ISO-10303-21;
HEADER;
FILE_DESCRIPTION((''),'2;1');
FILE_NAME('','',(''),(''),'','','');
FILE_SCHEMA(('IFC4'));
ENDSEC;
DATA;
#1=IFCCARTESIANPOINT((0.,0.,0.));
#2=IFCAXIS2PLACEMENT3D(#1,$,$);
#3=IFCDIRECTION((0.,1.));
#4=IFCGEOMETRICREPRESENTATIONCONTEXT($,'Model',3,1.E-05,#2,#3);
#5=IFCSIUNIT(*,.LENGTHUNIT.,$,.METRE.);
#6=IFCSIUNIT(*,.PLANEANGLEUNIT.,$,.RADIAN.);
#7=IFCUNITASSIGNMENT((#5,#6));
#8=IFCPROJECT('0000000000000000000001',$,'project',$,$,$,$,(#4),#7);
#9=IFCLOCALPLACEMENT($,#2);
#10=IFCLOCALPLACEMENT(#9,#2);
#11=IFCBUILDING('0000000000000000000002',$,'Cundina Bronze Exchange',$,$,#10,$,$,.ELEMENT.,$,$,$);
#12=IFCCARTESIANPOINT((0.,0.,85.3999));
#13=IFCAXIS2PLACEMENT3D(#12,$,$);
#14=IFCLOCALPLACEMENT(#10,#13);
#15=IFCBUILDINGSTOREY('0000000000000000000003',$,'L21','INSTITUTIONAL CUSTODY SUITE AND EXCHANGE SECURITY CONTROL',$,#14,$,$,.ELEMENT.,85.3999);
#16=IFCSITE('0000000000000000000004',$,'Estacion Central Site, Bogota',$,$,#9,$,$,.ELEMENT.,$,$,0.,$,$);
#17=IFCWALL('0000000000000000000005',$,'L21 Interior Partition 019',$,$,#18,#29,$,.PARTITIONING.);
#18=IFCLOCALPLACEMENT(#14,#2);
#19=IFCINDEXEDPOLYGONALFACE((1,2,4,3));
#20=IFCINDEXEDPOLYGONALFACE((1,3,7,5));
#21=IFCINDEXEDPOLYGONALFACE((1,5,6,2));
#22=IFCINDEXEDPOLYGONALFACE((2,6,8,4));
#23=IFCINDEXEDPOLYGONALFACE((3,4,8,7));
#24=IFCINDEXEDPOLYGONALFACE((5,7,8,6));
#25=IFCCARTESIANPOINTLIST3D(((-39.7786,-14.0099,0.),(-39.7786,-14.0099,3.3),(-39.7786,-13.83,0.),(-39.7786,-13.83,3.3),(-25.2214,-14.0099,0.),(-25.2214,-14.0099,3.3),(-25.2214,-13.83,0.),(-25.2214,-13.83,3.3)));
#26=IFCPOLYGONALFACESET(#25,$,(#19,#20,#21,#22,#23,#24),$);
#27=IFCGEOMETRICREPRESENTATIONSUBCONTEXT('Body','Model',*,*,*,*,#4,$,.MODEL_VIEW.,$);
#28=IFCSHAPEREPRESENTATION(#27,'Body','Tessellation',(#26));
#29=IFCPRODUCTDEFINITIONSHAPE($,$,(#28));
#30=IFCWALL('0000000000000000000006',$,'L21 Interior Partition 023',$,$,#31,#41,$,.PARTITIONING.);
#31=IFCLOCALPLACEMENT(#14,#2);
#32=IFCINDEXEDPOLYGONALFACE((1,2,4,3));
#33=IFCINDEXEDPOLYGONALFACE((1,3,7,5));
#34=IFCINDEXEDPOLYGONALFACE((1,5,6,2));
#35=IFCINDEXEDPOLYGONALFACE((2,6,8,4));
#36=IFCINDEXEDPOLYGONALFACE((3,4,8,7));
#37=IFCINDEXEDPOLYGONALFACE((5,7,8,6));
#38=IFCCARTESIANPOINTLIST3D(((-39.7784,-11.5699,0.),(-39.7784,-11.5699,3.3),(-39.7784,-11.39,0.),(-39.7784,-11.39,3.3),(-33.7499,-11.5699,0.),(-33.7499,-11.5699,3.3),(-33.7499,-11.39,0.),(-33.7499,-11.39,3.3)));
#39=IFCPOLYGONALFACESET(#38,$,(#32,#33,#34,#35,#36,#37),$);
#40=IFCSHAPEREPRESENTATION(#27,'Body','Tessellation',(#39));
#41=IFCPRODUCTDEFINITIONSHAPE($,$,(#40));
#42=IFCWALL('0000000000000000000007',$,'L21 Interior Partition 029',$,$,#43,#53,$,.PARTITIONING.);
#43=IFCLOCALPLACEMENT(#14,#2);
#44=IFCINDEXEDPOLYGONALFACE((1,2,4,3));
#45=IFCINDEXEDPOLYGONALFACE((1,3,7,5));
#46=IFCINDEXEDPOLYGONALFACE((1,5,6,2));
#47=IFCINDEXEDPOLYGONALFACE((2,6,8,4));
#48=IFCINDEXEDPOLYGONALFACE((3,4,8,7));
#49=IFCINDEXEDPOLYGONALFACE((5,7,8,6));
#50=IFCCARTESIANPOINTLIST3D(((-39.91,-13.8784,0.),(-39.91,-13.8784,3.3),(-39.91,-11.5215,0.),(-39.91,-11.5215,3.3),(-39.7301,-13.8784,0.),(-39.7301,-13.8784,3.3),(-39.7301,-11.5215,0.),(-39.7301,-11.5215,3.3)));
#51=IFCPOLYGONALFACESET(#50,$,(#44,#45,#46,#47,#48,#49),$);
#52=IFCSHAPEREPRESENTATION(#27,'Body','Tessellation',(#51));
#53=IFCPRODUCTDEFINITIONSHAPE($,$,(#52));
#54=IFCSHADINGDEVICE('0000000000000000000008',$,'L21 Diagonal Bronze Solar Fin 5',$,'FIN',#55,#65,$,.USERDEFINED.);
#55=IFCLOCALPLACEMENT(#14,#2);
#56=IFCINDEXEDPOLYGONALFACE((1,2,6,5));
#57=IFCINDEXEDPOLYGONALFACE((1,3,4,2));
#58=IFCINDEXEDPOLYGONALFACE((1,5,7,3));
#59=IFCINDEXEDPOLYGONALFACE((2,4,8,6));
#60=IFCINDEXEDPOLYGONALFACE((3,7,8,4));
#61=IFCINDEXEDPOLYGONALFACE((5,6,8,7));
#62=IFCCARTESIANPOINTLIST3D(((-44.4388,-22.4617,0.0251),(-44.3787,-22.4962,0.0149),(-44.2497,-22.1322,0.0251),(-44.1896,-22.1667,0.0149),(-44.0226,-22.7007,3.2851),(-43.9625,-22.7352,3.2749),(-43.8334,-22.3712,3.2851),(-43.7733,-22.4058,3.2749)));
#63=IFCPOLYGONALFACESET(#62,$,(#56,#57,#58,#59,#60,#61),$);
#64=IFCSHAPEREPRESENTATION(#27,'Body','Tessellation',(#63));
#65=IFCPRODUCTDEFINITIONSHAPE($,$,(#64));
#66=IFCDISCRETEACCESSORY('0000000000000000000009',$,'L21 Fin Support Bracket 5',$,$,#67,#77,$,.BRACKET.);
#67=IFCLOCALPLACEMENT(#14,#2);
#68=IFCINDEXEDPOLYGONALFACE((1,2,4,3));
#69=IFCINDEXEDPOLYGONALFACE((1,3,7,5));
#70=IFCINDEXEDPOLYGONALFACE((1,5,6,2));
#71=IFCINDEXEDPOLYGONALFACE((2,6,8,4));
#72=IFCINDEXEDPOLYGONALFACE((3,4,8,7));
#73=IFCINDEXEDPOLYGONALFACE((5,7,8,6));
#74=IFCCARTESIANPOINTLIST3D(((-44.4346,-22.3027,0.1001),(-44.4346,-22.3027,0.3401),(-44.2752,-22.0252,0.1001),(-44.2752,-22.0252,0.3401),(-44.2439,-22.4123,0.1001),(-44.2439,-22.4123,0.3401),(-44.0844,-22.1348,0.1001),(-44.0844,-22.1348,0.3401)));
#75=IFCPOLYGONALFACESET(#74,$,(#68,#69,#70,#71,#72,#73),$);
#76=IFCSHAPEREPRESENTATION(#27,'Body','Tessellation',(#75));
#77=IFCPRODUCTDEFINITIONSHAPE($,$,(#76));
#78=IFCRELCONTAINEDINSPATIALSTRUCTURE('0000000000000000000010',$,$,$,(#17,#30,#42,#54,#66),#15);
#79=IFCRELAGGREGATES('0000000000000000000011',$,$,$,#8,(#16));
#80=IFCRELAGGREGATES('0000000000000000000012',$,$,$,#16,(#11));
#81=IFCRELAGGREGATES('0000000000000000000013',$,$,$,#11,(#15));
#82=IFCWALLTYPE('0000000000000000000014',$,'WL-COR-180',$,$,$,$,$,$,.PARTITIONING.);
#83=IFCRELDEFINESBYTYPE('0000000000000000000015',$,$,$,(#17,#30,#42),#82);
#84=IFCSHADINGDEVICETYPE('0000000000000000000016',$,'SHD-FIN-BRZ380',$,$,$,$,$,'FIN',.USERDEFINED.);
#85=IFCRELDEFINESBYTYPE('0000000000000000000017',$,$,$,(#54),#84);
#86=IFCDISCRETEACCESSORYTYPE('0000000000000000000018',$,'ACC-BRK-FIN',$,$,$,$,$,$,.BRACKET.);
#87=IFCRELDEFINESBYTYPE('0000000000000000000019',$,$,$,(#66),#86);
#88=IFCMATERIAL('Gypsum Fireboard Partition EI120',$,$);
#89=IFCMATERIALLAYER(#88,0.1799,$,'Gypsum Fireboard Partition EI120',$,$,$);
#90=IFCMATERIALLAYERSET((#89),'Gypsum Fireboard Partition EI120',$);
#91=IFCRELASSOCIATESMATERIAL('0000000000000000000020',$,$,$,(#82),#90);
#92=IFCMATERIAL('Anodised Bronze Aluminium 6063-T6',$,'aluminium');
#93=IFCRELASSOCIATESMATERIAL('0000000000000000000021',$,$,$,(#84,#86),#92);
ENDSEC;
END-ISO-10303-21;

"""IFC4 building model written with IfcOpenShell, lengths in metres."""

from ifc_helpers import new_model, si_unit, direction, frame, frame_2d, origin, origin_2d, place, context, subcontext, project, spatial, rectangle, extrude, material, layer, layer_set, material_profile, profile_set, type_object, element, save


model = new_model("IFC4")

# Units and contexts
model_context = context("Model", 3, precision=1e-05, world=origin(), true_north=direction((0.0, 1.0)))
body_context = subcontext(model_context, "Body", "Model", "MODEL_VIEW")
ifc_project = project(units=[si_unit("LENGTHUNIT", "METRE"), si_unit("PLANEANGLEUNIT", "RADIAN")], contexts=[model_context])

# Site, building, storey
site_placement = place(None, origin())
site = spatial("IfcSite", under=ifc_project, at=site_placement, Name="Estacion Central Site, Bogota", CompositionType="ELEMENT", RefElevation=0.0)
building_placement = place(site_placement, origin())
building = spatial("IfcBuilding", under=site, at=building_placement, Name="Cundina Bronze Exchange", CompositionType="ELEMENT")
storey_placement = place(building_placement, frame((0.0, 0.0, 85.3999)))
storey = spatial("IfcBuildingStorey", under=building, at=storey_placement, Name="L21", Description="INSTITUTIONAL CUSTODY SUITE AND EXCHANGE SECURITY CONTROL", CompositionType="ELEMENT", Elevation=85.3999)

# Shared definitions
ifc_material_1 = material(Name="Anodised Bronze Aluminium 6063-T6", Category="aluminium")

# Walls
ifc_material_2 = material(Name="Gypsum Fireboard Partition EI120")
ifc_layer_1 = layer(ifc_material_2, 0.1799, Name="Gypsum Fireboard Partition EI120")
ifc_layer_set_1 = layer_set([ifc_layer_1], Name="Gypsum Fireboard Partition EI120")
wall_type = type_object("IfcWallType", Name="WL-COR-180", PredefinedType="PARTITIONING", material=ifc_layer_set_1)
wall_1_placement = place(storey_placement, frame((-39.7786, -13.9199, 0.0), z_axis=(0.0, 0.0, 1.0), x_axis=(1.0, 0.0, 0.0)))
element("IfcWall", 1, at=wall_1_placement, inside=storey, type_object=wall_type, Name="L21 Interior Partition 019", PredefinedType="PARTITIONING", context=body_context, shape_type="SweptSolid", body=[
    extrude(rectangle(XDim=14.5571, YDim=0.1799, at=frame_2d((7.2786, 0.0))), origin(), (0.0, 0.0, 1.0), 3.3),
])
wall_2_placement = place(storey_placement, frame((-33.75, -11.48, 0.0), z_axis=(0.0, 0.0, 1.0), x_axis=(-1.0, 0.0, 0.0)))
element("IfcWall", 2, at=wall_2_placement, inside=storey, type_object=wall_type, Name="L21 Interior Partition 023", PredefinedType="PARTITIONING", context=body_context, shape_type="SweptSolid", body=[
    extrude(rectangle(XDim=6.0286, YDim=0.1799, at=frame_2d((3.0142, 0.0))), origin(), (0.0, 0.0, 1.0), 3.3),
])
wall_3_placement = place(storey_placement, frame((-39.8201, -11.5215, 0.0), z_axis=(0.0, 0.0, 1.0), x_axis=(0.0, -1.0, 0.0)))
element("IfcWall", 3, at=wall_3_placement, inside=storey, type_object=wall_type, Name="L21 Interior Partition 029", PredefinedType="PARTITIONING", context=body_context, shape_type="SweptSolid", body=[
    extrude(rectangle(XDim=2.3569, YDim=0.1799, at=frame_2d((1.1785, 0.0))), origin(), (0.0, 0.0, 1.0), 3.3),
])

# Shading device
ifc_material_profile_1 = material_profile(ifc_material_1, rectangle(XDim=0.0701, YDim=0.3799, at=origin_2d()), Name="FIN70X380", Category="aluminium")
ifc_profile_set_1 = profile_set([ifc_material_profile_1], Name="Anodised Bronze Aluminium 6063-T6")
shading_device_type = type_object("IfcShadingDeviceType", Name="SHD-FIN-BRZ380", ElementType="FIN", PredefinedType="USERDEFINED", material=ifc_profile_set_1)
shading_device_placement = place(storey_placement, frame((-44.3142, -22.3142, 0.02), z_axis=(0.126325, -0.072535, 0.989333), x_axis=(-0.857958, 0.492634, 0.145668)))
element("IfcShadingDevice", 4, at=shading_device_placement, inside=storey, type_object=shading_device_type, Name="L21 Diagonal Bronze Solar Fin 5", ObjectType="FIN", PredefinedType="USERDEFINED", context=body_context, shape_type="SweptSolid", body=[
    extrude(rectangle(XDim=0.0701, YDim=0.3799, at=origin_2d()), origin(), (0.0, 0.0, 1.0), 3.2952),
])

# Discrete accessory
discrete_accessory_type = type_object("IfcDiscreteAccessoryType", Name="ACC-BRK-FIN", PredefinedType="BRACKET", material=ifc_material_1)
discrete_accessory_placement = place(storey_placement, frame((-44.2595, -22.2188, 0.1001), z_axis=(0.0, 0.0, 1.0), x_axis=(0.867105, -0.498125, 0.0)))
element("IfcDiscreteAccessory", 5, at=discrete_accessory_placement, inside=storey, type_object=discrete_accessory_type, Name="L21 Fin Support Bracket 5", PredefinedType="BRACKET", context=body_context, shape_type="SweptSolid", body=[
    extrude(rectangle(XDim=0.22, YDim=0.3201, at=origin_2d()), origin(), (0.0, 0.0, 1.0), 0.24),
])

save(model, "model.ifc")
